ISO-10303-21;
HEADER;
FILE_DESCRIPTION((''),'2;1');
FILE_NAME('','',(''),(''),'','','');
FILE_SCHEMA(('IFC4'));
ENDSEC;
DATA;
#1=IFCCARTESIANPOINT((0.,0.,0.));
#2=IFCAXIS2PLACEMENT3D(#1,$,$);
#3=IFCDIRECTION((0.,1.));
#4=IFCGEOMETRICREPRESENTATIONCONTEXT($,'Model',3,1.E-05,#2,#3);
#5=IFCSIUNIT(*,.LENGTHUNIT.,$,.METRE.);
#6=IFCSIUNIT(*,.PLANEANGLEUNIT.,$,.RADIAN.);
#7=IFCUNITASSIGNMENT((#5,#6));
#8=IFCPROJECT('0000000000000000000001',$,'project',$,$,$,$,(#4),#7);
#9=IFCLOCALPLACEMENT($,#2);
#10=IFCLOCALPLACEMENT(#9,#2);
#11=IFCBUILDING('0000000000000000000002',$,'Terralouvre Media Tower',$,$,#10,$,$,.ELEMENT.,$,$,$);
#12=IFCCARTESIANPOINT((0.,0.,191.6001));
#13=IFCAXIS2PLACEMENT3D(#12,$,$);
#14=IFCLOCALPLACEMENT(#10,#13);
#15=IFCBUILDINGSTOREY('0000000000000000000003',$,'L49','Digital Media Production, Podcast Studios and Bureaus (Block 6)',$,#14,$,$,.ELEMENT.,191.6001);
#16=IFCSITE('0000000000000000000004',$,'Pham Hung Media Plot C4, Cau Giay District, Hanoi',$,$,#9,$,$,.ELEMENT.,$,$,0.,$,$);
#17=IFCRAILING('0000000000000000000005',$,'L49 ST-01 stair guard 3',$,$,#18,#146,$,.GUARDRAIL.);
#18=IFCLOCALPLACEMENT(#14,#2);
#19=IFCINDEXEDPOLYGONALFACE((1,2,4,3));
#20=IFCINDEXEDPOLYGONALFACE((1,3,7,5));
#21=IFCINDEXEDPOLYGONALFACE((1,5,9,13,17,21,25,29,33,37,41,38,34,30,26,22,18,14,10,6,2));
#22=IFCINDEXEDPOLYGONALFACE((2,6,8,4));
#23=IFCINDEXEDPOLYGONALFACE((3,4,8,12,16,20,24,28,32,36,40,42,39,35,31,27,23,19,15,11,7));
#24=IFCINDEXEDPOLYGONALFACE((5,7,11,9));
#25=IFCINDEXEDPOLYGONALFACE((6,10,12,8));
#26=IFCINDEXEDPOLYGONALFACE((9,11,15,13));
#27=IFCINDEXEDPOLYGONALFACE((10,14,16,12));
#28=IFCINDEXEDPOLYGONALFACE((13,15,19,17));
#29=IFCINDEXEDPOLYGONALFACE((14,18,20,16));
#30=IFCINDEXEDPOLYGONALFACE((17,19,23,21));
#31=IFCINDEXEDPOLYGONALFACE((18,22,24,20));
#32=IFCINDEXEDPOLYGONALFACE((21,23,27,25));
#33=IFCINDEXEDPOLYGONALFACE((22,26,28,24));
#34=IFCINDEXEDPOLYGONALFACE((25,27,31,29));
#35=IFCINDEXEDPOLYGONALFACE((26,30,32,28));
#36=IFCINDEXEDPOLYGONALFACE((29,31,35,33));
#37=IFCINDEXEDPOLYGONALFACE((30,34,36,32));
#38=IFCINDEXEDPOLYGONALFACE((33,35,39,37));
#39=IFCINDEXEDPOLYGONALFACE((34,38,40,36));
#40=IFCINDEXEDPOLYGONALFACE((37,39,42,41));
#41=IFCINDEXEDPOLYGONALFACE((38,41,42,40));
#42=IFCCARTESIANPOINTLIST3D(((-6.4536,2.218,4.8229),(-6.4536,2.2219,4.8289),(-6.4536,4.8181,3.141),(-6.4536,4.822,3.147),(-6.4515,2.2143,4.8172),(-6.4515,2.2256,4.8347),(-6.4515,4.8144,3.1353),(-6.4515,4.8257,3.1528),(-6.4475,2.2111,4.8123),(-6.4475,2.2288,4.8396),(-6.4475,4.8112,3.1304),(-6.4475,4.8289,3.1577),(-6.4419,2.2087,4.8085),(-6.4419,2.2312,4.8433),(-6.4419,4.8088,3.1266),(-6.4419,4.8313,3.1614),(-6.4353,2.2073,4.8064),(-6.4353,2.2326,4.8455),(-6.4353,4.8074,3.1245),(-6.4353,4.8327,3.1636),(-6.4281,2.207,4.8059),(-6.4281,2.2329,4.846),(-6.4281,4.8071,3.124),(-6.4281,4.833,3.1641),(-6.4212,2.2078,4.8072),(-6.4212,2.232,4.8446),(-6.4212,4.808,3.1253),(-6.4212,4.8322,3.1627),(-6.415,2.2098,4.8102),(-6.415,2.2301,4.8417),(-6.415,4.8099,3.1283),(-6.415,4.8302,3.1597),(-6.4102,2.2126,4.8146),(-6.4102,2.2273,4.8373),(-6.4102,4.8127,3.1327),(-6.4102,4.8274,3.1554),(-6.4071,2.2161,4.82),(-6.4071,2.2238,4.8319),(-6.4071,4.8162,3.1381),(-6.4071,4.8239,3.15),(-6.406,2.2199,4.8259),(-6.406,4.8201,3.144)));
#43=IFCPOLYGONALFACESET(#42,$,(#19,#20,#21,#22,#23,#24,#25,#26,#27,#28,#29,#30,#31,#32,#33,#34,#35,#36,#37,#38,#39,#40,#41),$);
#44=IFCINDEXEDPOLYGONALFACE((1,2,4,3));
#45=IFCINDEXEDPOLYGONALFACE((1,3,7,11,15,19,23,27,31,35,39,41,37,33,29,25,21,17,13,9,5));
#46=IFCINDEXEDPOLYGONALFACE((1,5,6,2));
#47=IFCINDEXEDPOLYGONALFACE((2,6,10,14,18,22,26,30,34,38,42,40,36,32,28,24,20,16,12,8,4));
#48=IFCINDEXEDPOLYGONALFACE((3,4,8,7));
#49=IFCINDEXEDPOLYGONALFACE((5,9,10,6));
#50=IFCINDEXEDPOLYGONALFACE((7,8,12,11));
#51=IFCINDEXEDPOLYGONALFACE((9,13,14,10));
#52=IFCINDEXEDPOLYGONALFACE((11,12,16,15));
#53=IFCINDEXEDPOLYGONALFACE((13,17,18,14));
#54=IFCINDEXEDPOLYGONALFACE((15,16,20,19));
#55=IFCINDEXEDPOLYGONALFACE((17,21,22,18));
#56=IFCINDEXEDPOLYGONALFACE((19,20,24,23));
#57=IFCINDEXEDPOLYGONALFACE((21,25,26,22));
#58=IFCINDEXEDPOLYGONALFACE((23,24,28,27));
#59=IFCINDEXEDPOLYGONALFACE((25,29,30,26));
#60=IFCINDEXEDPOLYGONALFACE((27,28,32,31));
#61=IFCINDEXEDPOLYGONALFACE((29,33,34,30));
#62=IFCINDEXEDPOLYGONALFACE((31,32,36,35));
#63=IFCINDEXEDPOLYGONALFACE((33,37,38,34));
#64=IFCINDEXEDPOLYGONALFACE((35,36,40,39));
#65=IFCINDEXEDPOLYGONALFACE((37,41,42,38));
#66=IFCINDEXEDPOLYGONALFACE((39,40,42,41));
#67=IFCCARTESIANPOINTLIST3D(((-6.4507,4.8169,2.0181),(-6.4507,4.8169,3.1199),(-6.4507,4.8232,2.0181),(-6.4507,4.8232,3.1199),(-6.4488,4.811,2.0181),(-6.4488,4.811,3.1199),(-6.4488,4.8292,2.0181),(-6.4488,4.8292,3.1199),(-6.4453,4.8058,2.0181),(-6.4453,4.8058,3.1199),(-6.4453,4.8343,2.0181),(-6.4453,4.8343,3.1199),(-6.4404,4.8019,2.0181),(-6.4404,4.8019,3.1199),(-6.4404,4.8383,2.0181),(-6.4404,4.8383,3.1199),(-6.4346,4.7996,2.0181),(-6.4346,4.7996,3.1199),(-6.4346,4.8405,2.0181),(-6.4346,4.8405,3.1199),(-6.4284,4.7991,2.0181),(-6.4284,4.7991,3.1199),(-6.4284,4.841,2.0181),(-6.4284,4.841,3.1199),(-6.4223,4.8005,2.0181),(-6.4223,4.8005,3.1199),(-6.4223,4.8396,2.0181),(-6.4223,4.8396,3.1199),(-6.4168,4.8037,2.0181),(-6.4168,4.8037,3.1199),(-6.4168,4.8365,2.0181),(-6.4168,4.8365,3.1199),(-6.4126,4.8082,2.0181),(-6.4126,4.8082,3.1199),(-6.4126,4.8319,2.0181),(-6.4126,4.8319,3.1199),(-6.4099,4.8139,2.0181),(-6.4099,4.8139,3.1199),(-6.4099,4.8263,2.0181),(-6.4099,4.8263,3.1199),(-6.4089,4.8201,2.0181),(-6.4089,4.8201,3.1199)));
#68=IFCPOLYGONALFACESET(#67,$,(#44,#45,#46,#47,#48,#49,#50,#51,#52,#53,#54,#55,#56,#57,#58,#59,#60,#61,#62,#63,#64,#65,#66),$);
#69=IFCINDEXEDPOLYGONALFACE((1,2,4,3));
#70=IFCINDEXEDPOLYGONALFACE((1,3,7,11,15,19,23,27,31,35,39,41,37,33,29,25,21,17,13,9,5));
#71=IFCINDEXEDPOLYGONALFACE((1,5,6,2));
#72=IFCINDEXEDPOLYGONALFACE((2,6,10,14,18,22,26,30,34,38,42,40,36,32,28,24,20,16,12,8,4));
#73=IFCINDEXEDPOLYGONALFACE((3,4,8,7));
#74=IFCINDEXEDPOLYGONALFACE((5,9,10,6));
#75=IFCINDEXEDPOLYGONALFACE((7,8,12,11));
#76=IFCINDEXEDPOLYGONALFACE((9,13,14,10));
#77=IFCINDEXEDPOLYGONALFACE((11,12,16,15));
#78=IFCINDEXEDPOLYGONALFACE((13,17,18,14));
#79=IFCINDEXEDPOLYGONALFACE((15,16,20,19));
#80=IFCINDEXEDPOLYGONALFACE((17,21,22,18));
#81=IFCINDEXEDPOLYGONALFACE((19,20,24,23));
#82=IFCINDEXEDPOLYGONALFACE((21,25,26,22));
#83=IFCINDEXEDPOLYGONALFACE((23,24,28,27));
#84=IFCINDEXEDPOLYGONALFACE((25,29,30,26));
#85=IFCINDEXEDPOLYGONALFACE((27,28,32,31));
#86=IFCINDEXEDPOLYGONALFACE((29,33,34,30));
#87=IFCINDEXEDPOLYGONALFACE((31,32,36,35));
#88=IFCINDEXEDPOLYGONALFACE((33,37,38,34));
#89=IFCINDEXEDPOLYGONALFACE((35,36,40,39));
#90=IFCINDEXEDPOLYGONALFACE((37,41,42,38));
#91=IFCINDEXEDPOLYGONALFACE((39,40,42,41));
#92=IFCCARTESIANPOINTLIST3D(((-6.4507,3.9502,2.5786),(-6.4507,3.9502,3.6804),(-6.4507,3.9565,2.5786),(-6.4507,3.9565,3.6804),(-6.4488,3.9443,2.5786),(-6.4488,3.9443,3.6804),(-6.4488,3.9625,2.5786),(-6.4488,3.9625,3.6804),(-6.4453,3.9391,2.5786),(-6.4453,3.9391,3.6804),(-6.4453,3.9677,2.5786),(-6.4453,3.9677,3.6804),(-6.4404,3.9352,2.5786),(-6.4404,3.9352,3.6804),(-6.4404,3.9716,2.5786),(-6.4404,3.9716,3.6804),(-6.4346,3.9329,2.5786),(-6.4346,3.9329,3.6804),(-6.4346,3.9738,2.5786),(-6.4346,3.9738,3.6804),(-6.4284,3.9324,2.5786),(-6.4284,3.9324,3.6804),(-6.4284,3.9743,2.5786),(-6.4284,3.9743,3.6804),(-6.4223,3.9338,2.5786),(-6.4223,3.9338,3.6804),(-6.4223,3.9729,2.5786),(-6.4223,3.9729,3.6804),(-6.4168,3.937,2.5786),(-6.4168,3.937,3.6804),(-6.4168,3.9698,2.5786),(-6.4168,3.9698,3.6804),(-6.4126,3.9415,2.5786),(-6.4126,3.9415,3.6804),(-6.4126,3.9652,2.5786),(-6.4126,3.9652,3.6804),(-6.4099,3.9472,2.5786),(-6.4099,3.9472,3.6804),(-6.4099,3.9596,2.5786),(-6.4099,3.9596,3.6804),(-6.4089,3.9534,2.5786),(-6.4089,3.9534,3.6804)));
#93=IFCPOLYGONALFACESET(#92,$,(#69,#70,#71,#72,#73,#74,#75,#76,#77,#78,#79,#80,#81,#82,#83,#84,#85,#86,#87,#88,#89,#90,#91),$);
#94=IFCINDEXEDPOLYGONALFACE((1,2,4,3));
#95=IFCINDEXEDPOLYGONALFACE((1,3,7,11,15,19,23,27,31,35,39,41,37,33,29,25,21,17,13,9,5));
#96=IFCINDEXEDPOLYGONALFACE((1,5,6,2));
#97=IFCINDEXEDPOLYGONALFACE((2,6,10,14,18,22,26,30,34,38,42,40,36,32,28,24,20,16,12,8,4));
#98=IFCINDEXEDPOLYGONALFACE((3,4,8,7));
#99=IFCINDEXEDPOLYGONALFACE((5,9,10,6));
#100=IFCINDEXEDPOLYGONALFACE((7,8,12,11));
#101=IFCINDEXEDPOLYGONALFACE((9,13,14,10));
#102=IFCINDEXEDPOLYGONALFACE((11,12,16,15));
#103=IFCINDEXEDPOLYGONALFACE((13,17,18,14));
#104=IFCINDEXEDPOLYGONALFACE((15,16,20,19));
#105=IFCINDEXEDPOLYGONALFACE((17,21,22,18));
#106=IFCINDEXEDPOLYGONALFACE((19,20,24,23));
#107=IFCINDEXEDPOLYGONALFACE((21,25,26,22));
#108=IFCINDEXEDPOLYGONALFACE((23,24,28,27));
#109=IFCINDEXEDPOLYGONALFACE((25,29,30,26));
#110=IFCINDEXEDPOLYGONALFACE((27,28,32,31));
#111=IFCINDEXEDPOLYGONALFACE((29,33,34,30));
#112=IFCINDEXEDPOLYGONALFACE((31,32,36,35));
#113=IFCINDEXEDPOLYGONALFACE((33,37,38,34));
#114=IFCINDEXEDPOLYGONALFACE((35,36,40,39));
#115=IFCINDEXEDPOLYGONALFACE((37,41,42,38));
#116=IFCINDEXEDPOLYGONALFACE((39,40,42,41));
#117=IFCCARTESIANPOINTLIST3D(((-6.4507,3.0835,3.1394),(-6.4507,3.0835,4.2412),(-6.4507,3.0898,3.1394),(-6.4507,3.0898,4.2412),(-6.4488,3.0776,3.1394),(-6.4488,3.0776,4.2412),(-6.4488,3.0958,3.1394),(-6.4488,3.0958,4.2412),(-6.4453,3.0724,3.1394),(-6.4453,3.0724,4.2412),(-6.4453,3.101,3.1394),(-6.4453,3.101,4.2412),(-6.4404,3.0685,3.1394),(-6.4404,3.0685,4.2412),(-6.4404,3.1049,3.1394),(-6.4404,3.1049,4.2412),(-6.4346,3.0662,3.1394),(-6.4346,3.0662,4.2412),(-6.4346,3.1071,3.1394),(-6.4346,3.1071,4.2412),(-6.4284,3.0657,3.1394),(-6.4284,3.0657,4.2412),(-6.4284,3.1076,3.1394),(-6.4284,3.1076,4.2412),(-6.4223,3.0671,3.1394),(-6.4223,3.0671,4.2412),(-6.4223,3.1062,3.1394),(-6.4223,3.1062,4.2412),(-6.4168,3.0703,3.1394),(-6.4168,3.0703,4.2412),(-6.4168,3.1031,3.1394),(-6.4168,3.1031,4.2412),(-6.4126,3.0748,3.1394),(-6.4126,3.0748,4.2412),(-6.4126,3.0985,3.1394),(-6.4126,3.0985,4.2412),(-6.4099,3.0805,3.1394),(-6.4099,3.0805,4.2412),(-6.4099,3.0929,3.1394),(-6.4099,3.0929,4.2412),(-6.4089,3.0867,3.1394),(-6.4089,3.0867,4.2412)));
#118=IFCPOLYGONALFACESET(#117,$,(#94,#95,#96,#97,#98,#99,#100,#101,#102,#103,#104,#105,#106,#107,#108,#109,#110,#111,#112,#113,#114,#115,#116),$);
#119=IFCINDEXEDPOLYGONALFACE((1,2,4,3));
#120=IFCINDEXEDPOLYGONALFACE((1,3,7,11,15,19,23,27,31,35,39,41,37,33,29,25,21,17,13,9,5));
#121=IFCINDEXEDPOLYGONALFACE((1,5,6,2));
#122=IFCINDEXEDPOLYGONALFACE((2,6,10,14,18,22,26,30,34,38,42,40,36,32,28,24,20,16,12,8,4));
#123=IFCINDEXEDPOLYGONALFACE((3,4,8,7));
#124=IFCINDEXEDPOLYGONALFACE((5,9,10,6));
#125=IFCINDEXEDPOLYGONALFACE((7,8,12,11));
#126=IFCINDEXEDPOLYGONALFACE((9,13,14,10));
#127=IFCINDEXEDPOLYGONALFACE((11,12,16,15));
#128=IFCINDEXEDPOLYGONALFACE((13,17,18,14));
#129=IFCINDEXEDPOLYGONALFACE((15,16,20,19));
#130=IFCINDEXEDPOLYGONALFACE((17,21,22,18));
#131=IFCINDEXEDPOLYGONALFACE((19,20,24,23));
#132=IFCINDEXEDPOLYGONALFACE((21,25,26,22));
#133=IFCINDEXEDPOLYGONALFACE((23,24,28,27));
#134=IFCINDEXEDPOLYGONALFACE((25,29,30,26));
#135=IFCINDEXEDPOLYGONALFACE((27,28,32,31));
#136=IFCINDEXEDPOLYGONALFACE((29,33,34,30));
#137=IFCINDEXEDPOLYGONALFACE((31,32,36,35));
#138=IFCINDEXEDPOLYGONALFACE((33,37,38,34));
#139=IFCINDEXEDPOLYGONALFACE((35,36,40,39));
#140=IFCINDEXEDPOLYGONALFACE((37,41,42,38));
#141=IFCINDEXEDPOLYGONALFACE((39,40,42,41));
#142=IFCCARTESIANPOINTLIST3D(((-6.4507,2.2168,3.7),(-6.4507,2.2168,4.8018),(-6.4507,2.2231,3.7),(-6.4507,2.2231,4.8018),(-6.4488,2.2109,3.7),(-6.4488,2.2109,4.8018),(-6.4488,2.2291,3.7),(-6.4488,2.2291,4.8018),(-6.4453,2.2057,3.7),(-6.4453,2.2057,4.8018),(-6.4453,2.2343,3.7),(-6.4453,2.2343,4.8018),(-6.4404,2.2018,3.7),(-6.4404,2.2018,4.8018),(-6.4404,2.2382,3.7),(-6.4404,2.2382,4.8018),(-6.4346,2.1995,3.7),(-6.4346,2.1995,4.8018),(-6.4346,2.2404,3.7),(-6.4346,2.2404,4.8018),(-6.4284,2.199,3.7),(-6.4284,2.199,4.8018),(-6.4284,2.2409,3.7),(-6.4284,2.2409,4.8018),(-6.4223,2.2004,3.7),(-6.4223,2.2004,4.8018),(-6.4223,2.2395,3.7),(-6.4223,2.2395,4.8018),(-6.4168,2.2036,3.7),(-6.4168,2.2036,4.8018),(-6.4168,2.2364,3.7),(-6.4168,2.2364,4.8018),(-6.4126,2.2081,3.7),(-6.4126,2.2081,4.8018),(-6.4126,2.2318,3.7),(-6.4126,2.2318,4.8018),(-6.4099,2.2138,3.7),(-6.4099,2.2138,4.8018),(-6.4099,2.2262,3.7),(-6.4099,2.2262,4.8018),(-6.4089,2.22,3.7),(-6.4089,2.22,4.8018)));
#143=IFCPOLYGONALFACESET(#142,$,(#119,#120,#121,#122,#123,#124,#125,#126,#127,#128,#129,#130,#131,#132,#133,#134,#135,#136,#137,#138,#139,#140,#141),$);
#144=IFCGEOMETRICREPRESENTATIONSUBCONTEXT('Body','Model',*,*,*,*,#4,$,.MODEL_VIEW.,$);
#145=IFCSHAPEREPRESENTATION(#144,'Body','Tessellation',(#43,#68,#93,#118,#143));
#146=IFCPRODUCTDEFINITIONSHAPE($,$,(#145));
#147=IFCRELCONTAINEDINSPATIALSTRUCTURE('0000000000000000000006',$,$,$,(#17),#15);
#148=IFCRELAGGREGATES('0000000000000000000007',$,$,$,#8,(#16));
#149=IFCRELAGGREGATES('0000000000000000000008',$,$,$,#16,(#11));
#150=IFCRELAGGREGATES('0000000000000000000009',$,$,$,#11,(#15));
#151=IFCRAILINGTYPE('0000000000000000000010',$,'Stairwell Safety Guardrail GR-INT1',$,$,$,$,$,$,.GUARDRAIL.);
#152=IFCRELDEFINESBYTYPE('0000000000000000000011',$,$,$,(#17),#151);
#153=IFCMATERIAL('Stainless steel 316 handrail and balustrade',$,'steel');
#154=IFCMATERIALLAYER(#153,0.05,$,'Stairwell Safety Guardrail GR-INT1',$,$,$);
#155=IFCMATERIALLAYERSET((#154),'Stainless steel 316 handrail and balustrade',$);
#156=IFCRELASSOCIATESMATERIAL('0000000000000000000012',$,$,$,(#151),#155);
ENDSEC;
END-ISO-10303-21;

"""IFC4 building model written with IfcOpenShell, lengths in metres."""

from ifc_helpers import new_model, si_unit, direction, frame, origin, origin_2d, place, context, subcontext, project, spatial, circle, extrude, material, layer, layer_set, type_object, element, save


model = new_model("IFC4")

# Units and contexts
model_context = context("Model", 3, precision=1e-05, world=origin(), true_north=direction((0.0, 1.0)))
body_context = subcontext(model_context, "Body", "Model", "MODEL_VIEW")
ifc_project = project(units=[si_unit("LENGTHUNIT", "METRE"), si_unit("PLANEANGLEUNIT", "RADIAN")], contexts=[model_context])

# Site, building, storey
site_placement = place(None, origin())
site = spatial("IfcSite", under=ifc_project, at=site_placement, Name="Pham Hung Media Plot C4, Cau Giay District, Hanoi", CompositionType="ELEMENT", RefElevation=0.0)
building_placement = place(site_placement, origin())
building = spatial("IfcBuilding", under=site, at=building_placement, Name="Terralouvre Media Tower", CompositionType="ELEMENT")
storey_placement = place(building_placement, frame((0.0, 0.0, 191.6001)))
storey = spatial("IfcBuildingStorey", under=building, at=storey_placement, Name="L49", Description="Digital Media Production, Podcast Studios and Bureaus (Block 6)", CompositionType="ELEMENT", Elevation=191.6001)

# Railing
ifc_material_1 = material(Name="Stainless steel 316 handrail and balustrade", Category="steel")
ifc_layer_1 = layer(ifc_material_1, 0.05, Name="Stairwell Safety Guardrail GR-INT1")
ifc_layer_set_1 = layer_set([ifc_layer_1], Name="Stainless steel 316 handrail and balustrade")
railing_type_1 = type_object("IfcRailingType", Name="Stairwell Safety Guardrail GR-INT1", PredefinedType="GUARDRAIL", material=ifc_layer_set_1)
railing_1_placement = place(storey_placement, frame((-6.4299, 4.8201, 2.0181)))
element("IfcRailing", 1, at=railing_1_placement, inside=storey, type_object=railing_type_1, Name="L49 ST-01 stair guard 3", PredefinedType="GUARDRAIL", context=body_context, shape_type="SweptSolid", body=[
    extrude(circle(Radius=0.0239, at=origin_2d()), frame((0.0, 0.0, 1.126), z_axis=(0.0, -0.839648, 0.54313), x_axis=(1.0, 0.0, 0.0)), (0.0, 0.0, 1.0), 3.0967),
    extrude(circle(Radius=0.021, at=origin_2d()), origin(), (0.0, 0.0, 1.0), 1.1018),
    extrude(circle(Radius=0.021, at=origin_2d()), frame((0.0, -0.8667, 0.5605)), (0.0, 0.0, 1.0), 1.1018),
    extrude(circle(Radius=0.021, at=origin_2d()), frame((0.0, -1.7334, 1.1213)), (0.0, 0.0, 1.0), 1.1018),
    extrude(circle(Radius=0.021, at=origin_2d()), frame((0.0, -2.6001, 1.6819)), (0.0, 0.0, 1.0), 1.1018),
])

save(model, "model.ifc")
